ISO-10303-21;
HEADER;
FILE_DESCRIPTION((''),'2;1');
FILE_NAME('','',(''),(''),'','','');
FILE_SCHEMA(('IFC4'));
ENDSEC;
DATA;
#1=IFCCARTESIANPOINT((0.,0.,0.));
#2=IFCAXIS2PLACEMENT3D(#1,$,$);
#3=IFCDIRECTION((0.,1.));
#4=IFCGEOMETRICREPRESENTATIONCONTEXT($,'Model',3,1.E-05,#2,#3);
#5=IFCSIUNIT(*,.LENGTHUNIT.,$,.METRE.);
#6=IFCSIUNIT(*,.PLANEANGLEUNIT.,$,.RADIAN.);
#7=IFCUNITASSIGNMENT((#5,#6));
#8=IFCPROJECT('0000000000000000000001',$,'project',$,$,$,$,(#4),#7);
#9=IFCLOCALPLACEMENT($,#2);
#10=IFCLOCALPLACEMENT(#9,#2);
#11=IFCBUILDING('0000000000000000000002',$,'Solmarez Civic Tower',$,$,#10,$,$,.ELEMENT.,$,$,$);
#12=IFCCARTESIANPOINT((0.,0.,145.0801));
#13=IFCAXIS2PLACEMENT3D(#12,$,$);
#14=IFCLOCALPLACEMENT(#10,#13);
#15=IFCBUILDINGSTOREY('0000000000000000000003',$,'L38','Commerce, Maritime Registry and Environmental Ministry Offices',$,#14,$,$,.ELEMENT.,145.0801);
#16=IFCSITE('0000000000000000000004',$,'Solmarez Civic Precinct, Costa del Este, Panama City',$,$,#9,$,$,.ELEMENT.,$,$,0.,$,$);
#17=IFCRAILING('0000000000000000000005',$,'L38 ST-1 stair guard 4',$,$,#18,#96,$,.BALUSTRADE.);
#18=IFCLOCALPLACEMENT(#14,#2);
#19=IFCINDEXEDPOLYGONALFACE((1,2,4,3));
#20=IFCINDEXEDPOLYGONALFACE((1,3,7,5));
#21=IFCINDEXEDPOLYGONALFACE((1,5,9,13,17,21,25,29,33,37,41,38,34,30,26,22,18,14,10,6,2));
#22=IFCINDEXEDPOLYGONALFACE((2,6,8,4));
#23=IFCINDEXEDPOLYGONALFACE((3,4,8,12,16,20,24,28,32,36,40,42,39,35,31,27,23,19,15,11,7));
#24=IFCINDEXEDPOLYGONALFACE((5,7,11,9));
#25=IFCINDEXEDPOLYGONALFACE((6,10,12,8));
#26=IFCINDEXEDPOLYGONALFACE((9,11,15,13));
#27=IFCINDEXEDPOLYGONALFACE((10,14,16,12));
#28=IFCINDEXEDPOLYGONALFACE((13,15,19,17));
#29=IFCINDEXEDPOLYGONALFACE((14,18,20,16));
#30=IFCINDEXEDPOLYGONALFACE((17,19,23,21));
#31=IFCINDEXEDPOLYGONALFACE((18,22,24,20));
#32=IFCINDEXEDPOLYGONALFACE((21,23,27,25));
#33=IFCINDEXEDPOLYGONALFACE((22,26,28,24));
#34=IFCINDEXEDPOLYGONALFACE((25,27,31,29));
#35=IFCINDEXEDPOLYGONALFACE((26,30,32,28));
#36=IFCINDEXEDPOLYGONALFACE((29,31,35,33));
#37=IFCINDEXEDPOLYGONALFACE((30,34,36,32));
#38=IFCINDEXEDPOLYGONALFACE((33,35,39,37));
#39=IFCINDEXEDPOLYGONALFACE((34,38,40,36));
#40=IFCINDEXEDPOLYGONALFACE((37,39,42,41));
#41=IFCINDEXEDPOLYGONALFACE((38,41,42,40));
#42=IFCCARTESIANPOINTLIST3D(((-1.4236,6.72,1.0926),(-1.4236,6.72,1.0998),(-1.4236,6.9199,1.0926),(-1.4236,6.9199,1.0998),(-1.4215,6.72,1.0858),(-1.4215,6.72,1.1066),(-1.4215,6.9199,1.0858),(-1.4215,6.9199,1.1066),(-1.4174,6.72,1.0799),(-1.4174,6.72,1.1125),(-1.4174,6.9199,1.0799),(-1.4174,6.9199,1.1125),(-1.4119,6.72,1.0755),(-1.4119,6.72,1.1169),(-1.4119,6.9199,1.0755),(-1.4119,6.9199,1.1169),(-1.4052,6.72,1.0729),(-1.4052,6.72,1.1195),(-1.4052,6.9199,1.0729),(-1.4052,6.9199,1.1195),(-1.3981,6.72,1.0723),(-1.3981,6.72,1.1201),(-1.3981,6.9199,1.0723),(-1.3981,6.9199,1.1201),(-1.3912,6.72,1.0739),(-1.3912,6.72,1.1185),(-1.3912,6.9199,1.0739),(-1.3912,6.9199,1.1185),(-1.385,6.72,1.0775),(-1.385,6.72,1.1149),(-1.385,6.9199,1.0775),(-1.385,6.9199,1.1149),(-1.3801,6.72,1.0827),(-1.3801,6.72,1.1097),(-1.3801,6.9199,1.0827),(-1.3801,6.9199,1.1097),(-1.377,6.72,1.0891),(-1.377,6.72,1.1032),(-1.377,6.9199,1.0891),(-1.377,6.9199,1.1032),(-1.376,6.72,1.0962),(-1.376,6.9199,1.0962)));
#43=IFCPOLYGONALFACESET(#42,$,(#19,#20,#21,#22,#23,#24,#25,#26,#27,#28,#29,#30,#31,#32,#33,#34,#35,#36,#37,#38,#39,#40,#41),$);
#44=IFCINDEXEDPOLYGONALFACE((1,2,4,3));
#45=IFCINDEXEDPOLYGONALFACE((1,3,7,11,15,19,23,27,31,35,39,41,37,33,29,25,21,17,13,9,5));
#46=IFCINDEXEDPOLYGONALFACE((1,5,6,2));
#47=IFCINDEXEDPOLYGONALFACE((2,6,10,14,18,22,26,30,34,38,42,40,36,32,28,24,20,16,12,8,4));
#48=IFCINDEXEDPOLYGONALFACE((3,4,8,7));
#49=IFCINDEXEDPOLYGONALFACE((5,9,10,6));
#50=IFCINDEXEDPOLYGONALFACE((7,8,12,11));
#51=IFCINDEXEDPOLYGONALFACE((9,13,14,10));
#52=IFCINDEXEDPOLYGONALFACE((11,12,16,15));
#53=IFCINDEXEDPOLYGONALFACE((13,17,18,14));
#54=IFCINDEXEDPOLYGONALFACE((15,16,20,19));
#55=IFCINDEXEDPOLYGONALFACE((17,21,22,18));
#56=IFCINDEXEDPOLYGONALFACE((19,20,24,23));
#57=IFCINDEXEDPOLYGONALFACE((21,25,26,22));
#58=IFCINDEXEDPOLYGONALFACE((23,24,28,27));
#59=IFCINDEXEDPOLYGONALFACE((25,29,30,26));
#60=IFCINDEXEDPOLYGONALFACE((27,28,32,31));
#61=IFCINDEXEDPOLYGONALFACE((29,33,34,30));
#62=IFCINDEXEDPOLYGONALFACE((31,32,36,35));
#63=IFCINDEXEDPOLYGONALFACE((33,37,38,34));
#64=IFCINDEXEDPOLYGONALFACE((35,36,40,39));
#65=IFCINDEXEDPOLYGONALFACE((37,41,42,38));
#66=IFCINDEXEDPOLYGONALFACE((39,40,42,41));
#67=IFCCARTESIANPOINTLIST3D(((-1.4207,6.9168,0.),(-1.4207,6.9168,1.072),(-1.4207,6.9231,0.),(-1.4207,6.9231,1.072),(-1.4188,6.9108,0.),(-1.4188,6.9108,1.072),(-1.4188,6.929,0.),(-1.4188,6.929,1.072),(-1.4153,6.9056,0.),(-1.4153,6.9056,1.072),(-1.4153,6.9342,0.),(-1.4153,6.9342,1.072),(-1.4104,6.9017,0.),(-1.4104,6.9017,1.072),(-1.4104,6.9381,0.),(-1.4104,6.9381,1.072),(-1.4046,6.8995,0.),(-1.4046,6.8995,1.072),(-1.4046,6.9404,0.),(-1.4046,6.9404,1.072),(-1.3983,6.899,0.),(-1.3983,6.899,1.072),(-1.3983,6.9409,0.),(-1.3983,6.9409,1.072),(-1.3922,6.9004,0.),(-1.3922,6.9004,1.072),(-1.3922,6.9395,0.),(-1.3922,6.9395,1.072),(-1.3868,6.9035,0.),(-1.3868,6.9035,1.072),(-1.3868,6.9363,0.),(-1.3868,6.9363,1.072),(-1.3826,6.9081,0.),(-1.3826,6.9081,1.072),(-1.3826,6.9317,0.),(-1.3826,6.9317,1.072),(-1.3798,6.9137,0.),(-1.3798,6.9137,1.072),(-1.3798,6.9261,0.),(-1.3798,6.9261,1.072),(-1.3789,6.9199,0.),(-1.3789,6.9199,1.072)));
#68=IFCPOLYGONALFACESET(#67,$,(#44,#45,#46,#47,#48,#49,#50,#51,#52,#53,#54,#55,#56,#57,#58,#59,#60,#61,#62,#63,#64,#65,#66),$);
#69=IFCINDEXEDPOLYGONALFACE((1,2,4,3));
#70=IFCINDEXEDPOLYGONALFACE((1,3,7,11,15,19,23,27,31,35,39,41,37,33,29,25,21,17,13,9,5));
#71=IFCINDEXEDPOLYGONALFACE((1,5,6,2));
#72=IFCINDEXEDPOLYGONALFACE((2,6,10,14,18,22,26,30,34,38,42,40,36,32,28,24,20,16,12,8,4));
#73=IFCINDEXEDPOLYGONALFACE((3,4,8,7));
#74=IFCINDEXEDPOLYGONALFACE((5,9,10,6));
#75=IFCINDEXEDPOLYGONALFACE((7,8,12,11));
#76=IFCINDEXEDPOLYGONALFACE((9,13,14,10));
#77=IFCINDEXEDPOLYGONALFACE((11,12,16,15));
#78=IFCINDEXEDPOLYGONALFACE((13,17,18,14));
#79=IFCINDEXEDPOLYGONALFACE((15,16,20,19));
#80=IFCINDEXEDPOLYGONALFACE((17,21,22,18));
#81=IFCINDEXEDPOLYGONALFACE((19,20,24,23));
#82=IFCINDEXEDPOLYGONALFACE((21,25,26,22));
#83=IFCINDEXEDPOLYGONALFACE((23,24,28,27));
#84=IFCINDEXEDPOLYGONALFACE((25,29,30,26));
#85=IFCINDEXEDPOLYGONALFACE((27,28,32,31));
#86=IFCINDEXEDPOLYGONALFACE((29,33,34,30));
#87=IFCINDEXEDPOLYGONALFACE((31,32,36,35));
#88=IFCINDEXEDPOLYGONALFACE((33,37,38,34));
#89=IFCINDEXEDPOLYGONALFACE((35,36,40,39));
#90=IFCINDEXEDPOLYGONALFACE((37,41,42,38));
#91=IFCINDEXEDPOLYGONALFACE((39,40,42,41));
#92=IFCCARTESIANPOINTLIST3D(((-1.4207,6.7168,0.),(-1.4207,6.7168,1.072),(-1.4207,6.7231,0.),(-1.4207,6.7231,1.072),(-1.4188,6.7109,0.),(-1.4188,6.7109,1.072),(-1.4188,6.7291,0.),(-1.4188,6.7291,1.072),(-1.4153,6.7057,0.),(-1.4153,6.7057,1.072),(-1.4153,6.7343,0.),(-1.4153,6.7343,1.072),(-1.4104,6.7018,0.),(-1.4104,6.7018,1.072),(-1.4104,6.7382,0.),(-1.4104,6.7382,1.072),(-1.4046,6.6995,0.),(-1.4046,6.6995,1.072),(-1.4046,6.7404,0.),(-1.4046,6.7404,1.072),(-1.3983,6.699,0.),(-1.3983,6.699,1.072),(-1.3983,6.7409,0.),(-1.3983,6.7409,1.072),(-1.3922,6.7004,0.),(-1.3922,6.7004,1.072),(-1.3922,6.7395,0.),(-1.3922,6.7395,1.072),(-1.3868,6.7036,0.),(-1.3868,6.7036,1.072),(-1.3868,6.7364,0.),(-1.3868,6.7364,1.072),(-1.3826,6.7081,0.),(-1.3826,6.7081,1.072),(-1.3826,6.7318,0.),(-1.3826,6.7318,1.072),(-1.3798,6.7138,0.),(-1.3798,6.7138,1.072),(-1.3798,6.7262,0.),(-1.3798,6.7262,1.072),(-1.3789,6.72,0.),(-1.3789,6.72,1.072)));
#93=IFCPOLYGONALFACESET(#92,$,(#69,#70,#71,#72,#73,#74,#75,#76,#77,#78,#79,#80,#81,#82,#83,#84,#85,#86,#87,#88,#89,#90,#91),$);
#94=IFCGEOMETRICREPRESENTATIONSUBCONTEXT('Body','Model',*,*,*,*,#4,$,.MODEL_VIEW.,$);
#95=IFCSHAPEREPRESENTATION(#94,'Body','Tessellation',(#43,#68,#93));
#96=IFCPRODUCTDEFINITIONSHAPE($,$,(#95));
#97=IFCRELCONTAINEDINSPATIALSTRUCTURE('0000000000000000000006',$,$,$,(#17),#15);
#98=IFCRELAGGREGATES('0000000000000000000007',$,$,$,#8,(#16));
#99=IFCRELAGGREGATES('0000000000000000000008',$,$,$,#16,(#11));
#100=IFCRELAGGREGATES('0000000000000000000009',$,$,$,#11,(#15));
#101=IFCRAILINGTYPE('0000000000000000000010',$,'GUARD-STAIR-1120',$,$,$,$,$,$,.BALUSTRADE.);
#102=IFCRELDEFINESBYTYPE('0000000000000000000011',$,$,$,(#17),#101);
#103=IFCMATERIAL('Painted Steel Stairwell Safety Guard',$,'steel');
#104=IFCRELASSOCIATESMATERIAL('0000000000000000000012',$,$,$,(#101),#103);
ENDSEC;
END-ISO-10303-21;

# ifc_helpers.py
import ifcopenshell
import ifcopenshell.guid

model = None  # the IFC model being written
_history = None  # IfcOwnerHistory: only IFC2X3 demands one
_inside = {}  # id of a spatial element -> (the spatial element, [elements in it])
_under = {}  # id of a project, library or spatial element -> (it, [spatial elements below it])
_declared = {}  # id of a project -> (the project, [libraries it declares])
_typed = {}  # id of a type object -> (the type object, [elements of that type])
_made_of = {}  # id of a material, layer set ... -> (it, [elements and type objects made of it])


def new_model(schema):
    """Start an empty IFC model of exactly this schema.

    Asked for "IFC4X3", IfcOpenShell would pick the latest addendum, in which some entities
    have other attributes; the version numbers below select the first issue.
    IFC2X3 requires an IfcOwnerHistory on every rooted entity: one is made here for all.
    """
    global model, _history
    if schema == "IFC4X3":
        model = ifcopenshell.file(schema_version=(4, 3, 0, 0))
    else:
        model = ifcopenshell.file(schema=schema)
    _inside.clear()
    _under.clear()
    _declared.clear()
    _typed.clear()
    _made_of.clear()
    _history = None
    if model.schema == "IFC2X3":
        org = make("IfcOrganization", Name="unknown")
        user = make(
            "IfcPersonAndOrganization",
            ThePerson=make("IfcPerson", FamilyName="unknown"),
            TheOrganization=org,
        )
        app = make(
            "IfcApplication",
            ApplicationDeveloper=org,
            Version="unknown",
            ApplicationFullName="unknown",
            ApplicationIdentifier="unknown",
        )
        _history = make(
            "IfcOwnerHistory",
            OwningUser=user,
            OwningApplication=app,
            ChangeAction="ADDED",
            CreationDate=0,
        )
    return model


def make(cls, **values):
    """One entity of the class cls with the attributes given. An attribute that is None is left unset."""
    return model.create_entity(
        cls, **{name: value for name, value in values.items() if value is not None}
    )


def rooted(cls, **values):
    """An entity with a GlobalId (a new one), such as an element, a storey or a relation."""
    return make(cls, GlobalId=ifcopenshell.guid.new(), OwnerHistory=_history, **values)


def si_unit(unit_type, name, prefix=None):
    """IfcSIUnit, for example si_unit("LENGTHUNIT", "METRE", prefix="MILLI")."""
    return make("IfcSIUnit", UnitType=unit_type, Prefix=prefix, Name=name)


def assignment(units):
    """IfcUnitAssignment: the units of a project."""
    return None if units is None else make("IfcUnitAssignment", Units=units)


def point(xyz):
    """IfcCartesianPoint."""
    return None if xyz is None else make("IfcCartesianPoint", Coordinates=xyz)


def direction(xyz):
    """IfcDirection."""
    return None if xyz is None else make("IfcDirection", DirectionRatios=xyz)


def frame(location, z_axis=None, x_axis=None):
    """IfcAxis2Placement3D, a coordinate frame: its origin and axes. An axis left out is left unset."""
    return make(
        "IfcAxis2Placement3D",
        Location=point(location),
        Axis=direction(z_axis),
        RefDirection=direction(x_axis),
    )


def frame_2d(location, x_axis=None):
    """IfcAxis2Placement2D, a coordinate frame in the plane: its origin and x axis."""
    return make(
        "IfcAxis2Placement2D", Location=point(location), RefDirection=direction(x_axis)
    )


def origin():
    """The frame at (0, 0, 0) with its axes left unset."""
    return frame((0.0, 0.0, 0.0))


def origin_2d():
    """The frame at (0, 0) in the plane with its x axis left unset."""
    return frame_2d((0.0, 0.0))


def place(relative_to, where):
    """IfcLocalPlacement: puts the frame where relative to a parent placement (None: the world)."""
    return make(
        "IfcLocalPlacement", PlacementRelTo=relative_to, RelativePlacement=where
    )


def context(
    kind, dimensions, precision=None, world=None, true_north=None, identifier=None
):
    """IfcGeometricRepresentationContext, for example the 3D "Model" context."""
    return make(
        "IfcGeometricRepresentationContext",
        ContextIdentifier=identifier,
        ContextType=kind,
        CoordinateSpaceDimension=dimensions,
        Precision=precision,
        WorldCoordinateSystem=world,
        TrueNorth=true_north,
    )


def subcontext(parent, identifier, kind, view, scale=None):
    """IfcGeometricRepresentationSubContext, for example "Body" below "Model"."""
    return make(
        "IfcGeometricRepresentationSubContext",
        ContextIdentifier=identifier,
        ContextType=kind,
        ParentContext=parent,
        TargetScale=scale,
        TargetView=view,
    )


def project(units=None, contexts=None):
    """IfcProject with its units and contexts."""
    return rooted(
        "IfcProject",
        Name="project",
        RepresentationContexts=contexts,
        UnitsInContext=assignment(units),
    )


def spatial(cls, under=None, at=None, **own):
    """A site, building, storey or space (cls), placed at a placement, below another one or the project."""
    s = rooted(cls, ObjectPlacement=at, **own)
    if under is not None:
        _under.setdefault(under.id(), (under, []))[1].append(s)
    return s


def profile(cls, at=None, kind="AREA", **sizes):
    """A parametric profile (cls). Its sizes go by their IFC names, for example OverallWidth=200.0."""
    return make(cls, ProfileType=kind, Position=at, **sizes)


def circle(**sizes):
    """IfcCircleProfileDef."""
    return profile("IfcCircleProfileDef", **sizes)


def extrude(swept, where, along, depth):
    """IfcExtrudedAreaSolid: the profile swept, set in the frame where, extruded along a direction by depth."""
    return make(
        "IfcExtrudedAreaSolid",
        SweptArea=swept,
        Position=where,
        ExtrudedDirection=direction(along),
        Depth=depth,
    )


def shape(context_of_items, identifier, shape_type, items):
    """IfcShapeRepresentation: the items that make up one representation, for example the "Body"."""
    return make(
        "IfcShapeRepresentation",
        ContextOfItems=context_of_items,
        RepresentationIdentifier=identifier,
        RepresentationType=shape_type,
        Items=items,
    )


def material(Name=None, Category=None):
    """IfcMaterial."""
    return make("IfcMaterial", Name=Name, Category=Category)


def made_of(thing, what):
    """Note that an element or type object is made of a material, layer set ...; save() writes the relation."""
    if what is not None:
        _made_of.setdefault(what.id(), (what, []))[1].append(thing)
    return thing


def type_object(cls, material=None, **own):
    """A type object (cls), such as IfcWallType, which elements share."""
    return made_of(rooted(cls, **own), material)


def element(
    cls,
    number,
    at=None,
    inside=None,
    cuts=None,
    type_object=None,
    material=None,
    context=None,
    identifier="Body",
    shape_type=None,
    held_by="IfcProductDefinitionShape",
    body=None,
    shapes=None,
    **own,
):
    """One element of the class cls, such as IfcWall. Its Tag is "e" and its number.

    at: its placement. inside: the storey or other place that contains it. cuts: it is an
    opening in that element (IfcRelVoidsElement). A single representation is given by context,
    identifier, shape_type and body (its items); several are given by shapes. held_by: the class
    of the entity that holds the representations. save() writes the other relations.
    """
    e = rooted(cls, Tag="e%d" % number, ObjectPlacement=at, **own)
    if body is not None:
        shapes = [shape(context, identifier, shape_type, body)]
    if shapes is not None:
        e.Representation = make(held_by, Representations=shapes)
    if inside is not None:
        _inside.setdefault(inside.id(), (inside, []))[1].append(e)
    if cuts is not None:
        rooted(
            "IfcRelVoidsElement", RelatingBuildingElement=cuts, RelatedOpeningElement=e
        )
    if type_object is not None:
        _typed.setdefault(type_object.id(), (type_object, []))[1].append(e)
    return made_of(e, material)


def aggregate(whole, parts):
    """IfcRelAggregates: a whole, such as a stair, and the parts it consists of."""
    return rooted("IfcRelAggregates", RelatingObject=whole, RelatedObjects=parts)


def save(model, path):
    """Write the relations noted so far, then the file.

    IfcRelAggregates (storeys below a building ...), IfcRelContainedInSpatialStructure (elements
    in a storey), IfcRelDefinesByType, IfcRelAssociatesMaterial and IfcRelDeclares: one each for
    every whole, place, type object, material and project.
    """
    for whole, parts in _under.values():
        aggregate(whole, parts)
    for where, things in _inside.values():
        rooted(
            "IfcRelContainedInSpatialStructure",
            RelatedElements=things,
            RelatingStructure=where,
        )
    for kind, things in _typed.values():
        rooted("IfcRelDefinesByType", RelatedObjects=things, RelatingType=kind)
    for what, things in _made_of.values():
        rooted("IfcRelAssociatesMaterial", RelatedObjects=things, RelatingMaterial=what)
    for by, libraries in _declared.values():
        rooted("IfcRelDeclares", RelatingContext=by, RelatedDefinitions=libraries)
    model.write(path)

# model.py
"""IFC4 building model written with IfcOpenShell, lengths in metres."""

from ifc_helpers import new_model, si_unit, direction, frame, origin, origin_2d, place, context, subcontext, project, spatial, circle, extrude, material, type_object, element, save


model = new_model("IFC4")

# Units and contexts
model_context = context("Model", 3, precision=1e-05, world=origin(), true_north=direction((0.0, 1.0)))
body_context = subcontext(model_context, "Body", "Model", "MODEL_VIEW")
ifc_project = project(units=[si_unit("LENGTHUNIT", "METRE"), si_unit("PLANEANGLEUNIT", "RADIAN")], contexts=[model_context])

# Site, building, storey
site_placement = place(None, origin())
site = spatial("IfcSite", under=ifc_project, at=site_placement, Name="Solmarez Civic Precinct, Costa del Este, Panama City", CompositionType="ELEMENT", RefElevation=0.0)
building_placement = place(site_placement, origin())
building = spatial("IfcBuilding", under=site, at=building_placement, Name="Solmarez Civic Tower", CompositionType="ELEMENT")
storey_placement = place(building_placement, frame((0.0, 0.0, 145.0801)))
storey = spatial("IfcBuildingStorey", under=building, at=storey_placement, Name="L38", Description="Commerce, Maritime Registry and Environmental Ministry Offices", CompositionType="ELEMENT", Elevation=145.0801)

# Railing
ifc_material_1 = material(Name="Painted Steel Stairwell Safety Guard", Category="steel")
railing_type_1 = type_object("IfcRailingType", Name="GUARD-STAIR-1120", PredefinedType="BALUSTRADE", material=ifc_material_1)
railing_1_placement = place(storey_placement, frame((-1.3999, 6.9199, 0.0)))
element("IfcRailing", 1, at=railing_1_placement, inside=storey, type_object=railing_type_1, Name="L38 ST-1 stair guard 4", PredefinedType="BALUSTRADE", context=body_context, shape_type="SweptSolid", body=[
    extrude(circle(Radius=0.0239, at=origin_2d()), frame((0.0, 0.0, 1.0962), z_axis=(0.0, -1.0, 0.0), x_axis=(1.0, 0.0, 0.0)), (0.0, 0.0, 1.0), 0.2),
    extrude(circle(Radius=0.021, at=origin_2d()), origin(), (0.0, 0.0, 1.0), 1.072),
    extrude(circle(Radius=0.021, at=origin_2d()), frame((0.0, -0.2, 0.0)), (0.0, 0.0, 1.0), 1.072),
])

save(model, "model.ifc")
